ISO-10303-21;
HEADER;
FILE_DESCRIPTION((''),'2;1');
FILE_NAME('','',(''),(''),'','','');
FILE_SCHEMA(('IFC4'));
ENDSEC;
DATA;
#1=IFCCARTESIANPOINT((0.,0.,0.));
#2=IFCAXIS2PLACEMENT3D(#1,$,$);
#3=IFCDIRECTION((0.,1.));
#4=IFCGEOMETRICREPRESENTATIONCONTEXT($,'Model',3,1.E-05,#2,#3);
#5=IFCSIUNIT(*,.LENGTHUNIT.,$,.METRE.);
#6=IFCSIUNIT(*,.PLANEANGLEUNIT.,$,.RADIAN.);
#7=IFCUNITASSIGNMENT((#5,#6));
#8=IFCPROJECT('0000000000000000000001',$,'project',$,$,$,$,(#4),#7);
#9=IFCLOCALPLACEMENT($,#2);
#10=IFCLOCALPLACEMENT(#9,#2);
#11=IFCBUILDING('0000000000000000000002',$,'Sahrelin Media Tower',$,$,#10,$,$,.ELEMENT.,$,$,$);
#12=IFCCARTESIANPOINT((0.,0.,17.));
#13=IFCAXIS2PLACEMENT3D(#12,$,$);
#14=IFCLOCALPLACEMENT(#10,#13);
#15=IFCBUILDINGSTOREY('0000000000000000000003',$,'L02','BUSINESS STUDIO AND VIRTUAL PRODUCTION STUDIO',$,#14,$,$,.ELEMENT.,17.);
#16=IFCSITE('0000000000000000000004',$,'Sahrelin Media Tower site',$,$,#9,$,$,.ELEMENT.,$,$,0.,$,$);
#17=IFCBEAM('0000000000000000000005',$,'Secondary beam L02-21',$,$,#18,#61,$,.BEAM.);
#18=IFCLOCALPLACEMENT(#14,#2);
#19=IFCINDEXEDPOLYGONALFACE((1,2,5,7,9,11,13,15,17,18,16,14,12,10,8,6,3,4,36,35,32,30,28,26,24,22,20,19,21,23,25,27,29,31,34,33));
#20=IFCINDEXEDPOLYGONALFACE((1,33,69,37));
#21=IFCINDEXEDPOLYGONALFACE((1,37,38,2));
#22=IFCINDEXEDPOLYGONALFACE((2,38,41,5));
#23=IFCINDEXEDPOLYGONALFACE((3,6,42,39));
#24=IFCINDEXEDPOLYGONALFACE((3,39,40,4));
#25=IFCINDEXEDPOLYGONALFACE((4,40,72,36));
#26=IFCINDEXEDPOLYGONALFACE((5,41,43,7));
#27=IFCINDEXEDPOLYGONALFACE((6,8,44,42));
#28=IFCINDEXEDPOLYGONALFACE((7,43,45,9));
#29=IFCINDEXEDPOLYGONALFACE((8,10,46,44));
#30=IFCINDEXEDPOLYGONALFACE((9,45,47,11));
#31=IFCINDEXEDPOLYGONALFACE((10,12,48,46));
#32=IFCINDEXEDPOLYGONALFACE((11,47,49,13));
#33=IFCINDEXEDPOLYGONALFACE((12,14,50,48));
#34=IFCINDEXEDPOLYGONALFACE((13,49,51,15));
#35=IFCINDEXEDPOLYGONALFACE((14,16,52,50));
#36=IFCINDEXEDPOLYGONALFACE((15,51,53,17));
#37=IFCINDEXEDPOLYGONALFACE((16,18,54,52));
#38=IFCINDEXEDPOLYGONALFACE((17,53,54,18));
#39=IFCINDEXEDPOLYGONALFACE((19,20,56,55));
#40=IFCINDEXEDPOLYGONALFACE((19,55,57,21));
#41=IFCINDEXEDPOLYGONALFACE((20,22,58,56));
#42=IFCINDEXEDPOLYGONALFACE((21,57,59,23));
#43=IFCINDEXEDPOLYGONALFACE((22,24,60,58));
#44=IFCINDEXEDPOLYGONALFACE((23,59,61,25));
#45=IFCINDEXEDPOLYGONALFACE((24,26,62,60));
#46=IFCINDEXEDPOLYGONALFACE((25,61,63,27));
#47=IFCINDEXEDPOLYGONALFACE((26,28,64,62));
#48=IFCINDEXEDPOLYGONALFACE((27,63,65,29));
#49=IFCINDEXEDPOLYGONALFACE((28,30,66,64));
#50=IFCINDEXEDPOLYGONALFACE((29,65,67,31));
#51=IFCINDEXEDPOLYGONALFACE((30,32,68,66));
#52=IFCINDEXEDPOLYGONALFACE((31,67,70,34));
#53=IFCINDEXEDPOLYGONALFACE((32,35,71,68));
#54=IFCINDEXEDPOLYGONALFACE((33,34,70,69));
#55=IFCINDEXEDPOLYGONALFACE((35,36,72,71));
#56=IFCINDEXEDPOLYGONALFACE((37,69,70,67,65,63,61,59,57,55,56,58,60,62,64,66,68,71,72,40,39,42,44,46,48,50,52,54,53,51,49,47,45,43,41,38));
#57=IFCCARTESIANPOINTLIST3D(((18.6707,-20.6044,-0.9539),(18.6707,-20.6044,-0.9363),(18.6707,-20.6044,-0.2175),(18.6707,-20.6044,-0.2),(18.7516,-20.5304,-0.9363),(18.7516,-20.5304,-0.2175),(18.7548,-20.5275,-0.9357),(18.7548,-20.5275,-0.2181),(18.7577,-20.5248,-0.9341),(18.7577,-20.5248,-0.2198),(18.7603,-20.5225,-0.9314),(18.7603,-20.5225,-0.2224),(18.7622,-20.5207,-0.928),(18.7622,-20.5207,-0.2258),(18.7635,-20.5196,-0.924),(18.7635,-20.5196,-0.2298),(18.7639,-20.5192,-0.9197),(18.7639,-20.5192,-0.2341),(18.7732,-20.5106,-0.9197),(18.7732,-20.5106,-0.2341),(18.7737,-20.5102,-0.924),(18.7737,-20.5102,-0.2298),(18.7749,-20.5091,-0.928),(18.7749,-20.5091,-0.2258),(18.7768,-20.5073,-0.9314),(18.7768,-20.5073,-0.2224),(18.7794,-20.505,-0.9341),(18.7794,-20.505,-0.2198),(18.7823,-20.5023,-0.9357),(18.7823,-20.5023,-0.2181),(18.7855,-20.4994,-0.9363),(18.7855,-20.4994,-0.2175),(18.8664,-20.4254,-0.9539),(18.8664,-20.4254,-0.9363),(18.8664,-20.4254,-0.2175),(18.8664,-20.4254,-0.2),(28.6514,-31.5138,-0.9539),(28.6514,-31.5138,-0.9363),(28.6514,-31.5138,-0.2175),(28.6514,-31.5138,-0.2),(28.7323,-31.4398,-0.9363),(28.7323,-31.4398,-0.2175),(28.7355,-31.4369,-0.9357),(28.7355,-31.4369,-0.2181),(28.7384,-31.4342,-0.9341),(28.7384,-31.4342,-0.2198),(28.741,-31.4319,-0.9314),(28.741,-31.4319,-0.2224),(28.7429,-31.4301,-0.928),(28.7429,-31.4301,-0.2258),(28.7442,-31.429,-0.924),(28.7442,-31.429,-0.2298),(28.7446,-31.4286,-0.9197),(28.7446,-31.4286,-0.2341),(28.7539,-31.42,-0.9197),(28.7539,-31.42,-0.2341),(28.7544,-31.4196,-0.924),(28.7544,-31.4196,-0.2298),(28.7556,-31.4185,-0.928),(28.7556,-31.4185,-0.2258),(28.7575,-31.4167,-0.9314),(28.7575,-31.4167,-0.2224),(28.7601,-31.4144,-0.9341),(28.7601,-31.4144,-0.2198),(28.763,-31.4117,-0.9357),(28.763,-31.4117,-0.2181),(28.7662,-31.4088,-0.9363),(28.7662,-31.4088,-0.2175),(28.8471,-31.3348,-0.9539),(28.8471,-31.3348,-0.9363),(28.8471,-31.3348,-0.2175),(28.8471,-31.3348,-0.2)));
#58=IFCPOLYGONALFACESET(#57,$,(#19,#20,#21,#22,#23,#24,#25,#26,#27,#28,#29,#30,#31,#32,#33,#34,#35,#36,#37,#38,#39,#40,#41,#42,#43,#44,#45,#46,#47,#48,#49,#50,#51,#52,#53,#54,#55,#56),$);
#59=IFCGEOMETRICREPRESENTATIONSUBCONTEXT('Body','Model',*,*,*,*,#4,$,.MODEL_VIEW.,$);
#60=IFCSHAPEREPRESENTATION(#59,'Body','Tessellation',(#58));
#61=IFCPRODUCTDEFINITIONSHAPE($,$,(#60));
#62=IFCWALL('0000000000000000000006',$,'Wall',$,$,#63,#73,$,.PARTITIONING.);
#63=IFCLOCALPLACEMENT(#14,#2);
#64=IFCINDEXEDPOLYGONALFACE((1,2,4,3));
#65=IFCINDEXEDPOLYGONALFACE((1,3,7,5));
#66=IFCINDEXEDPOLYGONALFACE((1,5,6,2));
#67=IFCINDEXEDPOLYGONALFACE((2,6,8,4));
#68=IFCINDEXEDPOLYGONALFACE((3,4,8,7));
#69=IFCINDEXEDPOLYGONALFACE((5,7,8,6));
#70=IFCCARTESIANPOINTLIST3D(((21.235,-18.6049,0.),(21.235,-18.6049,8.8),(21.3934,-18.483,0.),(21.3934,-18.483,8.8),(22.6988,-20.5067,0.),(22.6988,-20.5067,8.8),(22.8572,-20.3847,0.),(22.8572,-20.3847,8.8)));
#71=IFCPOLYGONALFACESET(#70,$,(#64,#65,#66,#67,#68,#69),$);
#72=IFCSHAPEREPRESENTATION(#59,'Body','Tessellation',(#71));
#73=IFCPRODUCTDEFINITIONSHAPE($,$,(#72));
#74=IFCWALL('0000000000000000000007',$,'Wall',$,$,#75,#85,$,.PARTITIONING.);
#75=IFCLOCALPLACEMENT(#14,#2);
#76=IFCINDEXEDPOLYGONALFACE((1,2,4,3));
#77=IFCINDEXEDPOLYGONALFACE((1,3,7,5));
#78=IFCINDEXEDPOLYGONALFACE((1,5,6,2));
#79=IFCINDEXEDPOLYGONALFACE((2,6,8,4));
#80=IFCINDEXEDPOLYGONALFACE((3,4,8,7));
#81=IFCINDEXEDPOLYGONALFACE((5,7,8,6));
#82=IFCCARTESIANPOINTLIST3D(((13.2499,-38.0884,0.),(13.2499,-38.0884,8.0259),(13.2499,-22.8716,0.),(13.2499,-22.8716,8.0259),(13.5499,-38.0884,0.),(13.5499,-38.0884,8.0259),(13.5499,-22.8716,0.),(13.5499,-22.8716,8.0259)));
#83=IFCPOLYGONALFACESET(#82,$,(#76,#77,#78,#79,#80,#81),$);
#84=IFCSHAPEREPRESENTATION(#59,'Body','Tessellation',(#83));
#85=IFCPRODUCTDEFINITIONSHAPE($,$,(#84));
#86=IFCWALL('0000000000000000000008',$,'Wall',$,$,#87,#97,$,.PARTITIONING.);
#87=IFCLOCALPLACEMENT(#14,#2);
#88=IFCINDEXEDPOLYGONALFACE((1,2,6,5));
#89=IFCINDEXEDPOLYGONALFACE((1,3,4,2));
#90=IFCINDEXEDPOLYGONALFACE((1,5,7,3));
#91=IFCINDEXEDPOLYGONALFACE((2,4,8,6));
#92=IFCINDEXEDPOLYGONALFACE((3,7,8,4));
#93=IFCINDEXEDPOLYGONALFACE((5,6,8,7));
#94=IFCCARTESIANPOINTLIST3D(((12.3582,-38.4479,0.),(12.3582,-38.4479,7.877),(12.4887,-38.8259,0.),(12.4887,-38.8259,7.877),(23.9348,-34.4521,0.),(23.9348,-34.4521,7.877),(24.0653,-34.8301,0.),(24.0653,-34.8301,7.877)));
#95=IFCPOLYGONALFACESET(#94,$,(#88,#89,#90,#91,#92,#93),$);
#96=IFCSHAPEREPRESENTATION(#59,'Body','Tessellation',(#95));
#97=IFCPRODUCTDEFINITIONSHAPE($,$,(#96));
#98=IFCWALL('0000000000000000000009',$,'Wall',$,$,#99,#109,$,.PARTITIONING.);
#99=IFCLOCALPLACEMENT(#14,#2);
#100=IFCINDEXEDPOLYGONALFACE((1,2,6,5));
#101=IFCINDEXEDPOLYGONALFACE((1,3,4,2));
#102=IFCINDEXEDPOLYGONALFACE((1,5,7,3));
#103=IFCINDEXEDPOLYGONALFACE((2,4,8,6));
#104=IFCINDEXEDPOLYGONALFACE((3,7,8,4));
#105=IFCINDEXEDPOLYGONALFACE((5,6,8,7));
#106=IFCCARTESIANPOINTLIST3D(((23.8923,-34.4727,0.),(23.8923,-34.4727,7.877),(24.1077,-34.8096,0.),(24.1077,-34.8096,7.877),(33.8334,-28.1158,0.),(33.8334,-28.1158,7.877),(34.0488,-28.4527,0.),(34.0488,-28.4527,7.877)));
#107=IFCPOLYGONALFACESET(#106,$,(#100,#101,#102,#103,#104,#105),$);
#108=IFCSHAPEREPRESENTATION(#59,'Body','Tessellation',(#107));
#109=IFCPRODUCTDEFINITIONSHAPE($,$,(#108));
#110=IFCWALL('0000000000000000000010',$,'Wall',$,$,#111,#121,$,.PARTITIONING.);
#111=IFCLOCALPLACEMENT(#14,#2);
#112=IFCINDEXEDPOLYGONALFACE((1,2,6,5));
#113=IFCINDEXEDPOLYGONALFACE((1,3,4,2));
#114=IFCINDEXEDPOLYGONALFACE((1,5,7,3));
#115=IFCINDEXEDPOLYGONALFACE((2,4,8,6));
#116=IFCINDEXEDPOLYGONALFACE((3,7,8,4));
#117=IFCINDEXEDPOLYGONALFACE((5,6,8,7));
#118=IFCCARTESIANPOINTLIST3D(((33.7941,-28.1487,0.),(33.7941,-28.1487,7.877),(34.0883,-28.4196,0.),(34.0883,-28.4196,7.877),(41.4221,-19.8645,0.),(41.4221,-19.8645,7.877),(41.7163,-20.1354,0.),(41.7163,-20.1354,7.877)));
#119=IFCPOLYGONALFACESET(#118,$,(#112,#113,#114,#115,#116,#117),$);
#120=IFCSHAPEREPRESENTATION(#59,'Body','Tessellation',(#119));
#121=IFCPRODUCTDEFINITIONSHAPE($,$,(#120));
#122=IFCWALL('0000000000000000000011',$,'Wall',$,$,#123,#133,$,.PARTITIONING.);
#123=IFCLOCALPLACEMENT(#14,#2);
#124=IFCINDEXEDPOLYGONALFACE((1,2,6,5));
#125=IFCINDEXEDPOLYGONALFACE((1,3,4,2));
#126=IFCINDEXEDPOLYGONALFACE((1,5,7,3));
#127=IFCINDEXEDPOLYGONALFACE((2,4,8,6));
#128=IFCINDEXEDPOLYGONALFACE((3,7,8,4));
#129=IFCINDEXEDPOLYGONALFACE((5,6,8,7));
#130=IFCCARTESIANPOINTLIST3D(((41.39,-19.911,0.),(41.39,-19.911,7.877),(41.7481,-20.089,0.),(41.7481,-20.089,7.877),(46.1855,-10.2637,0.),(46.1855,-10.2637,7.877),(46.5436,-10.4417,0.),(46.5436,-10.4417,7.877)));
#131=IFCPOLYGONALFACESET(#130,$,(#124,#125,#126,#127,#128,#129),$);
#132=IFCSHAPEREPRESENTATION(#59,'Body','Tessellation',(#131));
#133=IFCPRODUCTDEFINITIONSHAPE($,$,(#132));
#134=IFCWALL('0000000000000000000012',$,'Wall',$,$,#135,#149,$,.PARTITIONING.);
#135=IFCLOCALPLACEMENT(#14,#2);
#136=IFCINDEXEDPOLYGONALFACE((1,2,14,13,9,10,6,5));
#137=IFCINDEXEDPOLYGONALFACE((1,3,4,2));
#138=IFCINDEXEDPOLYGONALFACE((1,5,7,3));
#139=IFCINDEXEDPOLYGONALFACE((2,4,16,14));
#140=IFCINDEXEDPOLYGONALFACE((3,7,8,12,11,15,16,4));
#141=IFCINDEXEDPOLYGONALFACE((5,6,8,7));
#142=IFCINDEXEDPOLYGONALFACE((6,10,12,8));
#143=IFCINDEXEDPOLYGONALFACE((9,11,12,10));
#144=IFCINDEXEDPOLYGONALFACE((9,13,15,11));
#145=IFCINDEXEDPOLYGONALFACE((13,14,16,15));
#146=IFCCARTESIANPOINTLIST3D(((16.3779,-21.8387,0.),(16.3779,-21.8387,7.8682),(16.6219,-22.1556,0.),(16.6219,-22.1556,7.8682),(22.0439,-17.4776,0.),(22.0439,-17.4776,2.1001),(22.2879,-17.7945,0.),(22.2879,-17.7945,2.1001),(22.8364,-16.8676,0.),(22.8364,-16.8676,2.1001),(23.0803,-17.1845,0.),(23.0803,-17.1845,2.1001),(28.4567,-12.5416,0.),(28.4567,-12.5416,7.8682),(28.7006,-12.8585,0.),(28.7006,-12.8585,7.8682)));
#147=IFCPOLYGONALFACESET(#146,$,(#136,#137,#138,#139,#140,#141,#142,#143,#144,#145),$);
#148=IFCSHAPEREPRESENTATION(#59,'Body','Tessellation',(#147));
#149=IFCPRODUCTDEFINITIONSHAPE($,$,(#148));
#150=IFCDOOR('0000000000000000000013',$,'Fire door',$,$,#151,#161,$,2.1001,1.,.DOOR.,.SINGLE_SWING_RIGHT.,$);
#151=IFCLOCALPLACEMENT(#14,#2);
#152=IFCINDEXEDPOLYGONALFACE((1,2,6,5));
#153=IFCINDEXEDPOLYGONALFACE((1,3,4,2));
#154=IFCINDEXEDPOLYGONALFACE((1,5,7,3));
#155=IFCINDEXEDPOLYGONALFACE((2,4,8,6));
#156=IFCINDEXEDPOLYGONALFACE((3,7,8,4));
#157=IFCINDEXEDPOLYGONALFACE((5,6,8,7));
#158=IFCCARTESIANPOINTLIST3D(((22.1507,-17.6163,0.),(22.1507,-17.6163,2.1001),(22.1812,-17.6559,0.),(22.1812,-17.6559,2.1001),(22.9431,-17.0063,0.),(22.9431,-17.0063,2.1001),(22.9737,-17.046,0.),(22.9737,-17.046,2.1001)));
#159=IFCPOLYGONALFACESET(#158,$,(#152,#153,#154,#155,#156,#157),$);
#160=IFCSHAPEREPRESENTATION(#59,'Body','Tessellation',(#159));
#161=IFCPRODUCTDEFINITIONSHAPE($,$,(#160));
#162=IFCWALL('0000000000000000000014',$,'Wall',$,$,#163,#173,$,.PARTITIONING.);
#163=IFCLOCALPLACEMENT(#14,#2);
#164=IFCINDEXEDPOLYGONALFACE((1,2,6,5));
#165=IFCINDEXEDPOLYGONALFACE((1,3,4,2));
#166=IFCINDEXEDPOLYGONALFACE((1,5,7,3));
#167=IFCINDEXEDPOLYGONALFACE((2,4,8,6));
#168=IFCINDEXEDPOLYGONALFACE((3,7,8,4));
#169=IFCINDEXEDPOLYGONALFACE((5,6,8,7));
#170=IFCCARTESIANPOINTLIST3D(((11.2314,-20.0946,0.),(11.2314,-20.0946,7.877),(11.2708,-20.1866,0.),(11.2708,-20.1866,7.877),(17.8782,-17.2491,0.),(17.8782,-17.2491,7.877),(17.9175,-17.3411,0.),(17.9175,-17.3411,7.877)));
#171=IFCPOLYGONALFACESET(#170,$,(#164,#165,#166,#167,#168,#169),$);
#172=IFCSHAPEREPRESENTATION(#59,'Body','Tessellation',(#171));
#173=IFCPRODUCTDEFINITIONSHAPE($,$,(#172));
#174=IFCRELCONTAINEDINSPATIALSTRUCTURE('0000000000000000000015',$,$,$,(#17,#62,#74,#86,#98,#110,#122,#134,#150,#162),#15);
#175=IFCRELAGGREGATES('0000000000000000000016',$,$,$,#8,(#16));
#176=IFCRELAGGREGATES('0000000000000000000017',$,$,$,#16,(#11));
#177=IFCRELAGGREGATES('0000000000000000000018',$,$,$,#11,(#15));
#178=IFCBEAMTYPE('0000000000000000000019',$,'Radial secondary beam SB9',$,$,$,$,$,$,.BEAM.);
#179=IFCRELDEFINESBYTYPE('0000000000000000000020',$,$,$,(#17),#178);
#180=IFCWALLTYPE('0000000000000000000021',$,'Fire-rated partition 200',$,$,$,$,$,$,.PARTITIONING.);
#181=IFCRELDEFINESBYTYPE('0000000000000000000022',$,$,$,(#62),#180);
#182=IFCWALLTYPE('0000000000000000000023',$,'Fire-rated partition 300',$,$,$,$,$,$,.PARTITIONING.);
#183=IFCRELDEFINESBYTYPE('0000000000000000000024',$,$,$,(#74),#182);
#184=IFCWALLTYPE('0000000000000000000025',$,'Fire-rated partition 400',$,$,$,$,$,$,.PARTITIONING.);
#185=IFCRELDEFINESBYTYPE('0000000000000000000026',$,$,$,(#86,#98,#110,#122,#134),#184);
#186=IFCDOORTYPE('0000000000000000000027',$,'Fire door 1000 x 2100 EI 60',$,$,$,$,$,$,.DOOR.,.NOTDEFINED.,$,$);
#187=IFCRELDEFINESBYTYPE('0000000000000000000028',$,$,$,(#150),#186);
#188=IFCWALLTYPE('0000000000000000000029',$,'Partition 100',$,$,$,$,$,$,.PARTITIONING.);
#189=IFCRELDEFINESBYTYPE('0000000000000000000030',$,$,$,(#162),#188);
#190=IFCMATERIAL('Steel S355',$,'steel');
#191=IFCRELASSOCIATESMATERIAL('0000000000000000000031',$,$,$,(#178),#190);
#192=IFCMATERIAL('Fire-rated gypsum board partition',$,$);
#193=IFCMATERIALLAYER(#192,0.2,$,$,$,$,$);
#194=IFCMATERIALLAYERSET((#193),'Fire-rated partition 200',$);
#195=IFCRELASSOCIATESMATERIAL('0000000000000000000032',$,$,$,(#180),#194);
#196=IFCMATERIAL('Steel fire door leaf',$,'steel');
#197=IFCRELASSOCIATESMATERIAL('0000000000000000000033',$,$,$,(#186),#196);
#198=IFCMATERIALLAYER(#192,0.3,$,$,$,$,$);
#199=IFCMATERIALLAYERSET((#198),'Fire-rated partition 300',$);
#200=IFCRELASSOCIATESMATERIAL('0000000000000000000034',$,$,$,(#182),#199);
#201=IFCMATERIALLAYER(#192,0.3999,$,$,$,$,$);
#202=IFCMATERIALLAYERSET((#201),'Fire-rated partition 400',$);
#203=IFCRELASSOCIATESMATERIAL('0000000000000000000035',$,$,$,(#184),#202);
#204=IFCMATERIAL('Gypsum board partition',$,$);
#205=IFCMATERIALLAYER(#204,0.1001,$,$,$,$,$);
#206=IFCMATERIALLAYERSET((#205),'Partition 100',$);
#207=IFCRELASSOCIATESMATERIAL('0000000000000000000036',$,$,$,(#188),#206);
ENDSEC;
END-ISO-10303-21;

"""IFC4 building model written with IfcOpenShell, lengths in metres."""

from ifc_helpers import new_model, si_unit, direction, frame, frame_2d, origin, origin_2d, place, context, subcontext, project, spatial, rectangle, i_section, extrude, material, layer, layer_set, material_profile, profile_set, type_object, element, fill, save


model = new_model("IFC4")

# Units and contexts
model_context = context("Model", 3, precision=1e-05, world=origin(), true_north=direction((0.0, 1.0)))
body_context = subcontext(model_context, "Body", "Model", "MODEL_VIEW")
ifc_project = project(units=[si_unit("LENGTHUNIT", "METRE"), si_unit("PLANEANGLEUNIT", "RADIAN")], contexts=[model_context])

# Site, building, storey
site_placement = place(None, origin())
site = spatial("IfcSite", under=ifc_project, at=site_placement, Name="Sahrelin Media Tower site", CompositionType="ELEMENT", RefElevation=0.0)
building_placement = place(site_placement, origin())
building = spatial("IfcBuilding", under=site, at=building_placement, Name="Sahrelin Media Tower", CompositionType="ELEMENT")
storey_placement = place(building_placement, frame((0.0, 0.0, 17.0)))
storey = spatial("IfcBuildingStorey", under=building, at=storey_placement, Name="L02", Description="BUSINESS STUDIO AND VIRTUAL PRODUCTION STUDIO", CompositionType="ELEMENT", Elevation=17.0)

# Beam
ifc_material_1 = material(Name="Steel S355", Category="steel")
ifc_material_profile_1 = material_profile(ifc_material_1, i_section(OverallWidth=0.2651, OverallDepth=0.7539, WebThickness=0.0127, FlangeThickness=0.0176, FilletRadius=0.0166, at=origin_2d()), Name="UB 762x267x147")
ifc_profile_set_1 = profile_set([ifc_material_profile_1], Name="Steel S355")
beam_type_1 = type_object("IfcBeamType", Name="Radial secondary beam SB9", PredefinedType="BEAM", material=ifc_profile_set_1)
beam_1_placement = place(storey_placement, frame((18.7686, -20.5149, -0.5769), z_axis=(0.675004, -0.737814, 0.0), x_axis=(0.737814, 0.675004, 0.0)))
element("IfcBeam", 1, at=beam_1_placement, inside=storey, type_object=beam_type_1, Name="Secondary beam L02-21", PredefinedType="BEAM", context=body_context, shape_type="SweptSolid", body=[
    extrude(i_section(OverallWidth=0.2651, OverallDepth=0.7539, WebThickness=0.0127, FlangeThickness=0.0176, FilletRadius=0.0166, at=origin_2d()), origin(), (0.0, 0.0, 1.0), 14.7861),
])

# Wall
ifc_material_2 = material(Name="Fire-rated gypsum board partition")
ifc_layer_1 = layer(ifc_material_2, 0.2)
ifc_layer_set_1 = layer_set([ifc_layer_1], Name="Fire-rated partition 200")
wall_type_1 = type_object("IfcWallType", Name="Fire-rated partition 200", PredefinedType="PARTITIONING", material=ifc_layer_set_1)
wall_1_placement = place(storey_placement, frame((21.3142, -18.5439, 0.0), z_axis=(0.0, 0.0, 1.0), x_axis=(0.609947, -0.792442, 0.0)))
element("IfcWall", 2, at=wall_1_placement, inside=storey, type_object=wall_type_1, Name="Wall", PredefinedType="PARTITIONING", context=body_context, shape_type="SweptSolid", body=[
    extrude(rectangle(XDim=2.3999, YDim=0.2, at=frame_2d((1.2, 0.0))), origin(), (0.0, 0.0, 1.0), 8.8),
])

# Shared definitions
ifc_material_3 = material(Name="Steel fire door leaf", Category="steel")
door_type = type_object("IfcDoorType", Name="Fire door 1000 x 2100 EI 60", OperationType="NOTDEFINED", PredefinedType="DOOR", material=ifc_material_3)

# Walls
ifc_layer_2 = layer(ifc_material_2, 0.3)
ifc_layer_set_2 = layer_set([ifc_layer_2], Name="Fire-rated partition 300")
wall_type_2 = type_object("IfcWallType", Name="Fire-rated partition 300", PredefinedType="PARTITIONING", material=ifc_layer_set_2)
wall_2_placement = place(storey_placement, frame((13.3999, -22.8716, 0.0), z_axis=(0.0, 0.0, 1.0), x_axis=(0.0, -1.0, 0.0)))
element("IfcWall", 3, at=wall_2_placement, inside=storey, type_object=wall_type_2, Name="Wall", PredefinedType="PARTITIONING", context=body_context, shape_type="SweptSolid", body=[
    extrude(rectangle(XDim=15.2168, YDim=0.3, at=frame_2d((7.6084, 0.0))), origin(), (0.0, 0.0, 1.0), 8.0259),
])
ifc_layer_3 = layer(ifc_material_2, 0.3999)
ifc_layer_set_3 = layer_set([ifc_layer_3], Name="Fire-rated partition 400")
wall_type_3 = type_object("IfcWallType", Name="Fire-rated partition 400", PredefinedType="PARTITIONING", material=ifc_layer_set_3)
wall_3_placement = place(storey_placement, frame((12.4233, -38.637, 0.0), z_axis=(0.0, 0.0, 1.0), x_axis=(0.945275, 0.326275, 0.0)))
element("IfcWall", 4, at=wall_3_placement, inside=storey, type_object=wall_type_3, Name="Wall", PredefinedType="PARTITIONING", context=body_context, shape_type="SweptSolid", body=[
    extrude(rectangle(XDim=12.2468, YDim=0.3999, at=frame_2d((6.1235, 0.0))), origin(), (0.0, 0.0, 1.0), 7.877),
])
wall_4_placement = place(storey_placement, frame((24.0, -34.6411, 0.0), z_axis=(0.0, 0.0, 1.0), x_axis=(0.84248, 0.538728, 0.0)))
element("IfcWall", 5, at=wall_4_placement, inside=storey, type_object=wall_type_3, Name="Wall", PredefinedType="PARTITIONING", context=body_context, shape_type="SweptSolid", body=[
    extrude(rectangle(XDim=11.7998, YDim=0.3999, at=frame_2d((5.8999, 0.0))), origin(), (0.0, 0.0, 1.0), 7.877),
])
wall_5_placement = place(storey_placement, frame((33.9412, -28.2842, 0.0), z_axis=(0.0, 0.0, 1.0), x_axis=(0.677368, 0.735644, 0.0)))
element("IfcWall", 6, at=wall_5_placement, inside=storey, type_object=wall_type_3, Name="Wall", PredefinedType="PARTITIONING", context=body_context, shape_type="SweptSolid", body=[
    extrude(rectangle(XDim=11.2612, YDim=0.3999, at=frame_2d((5.6306, 0.0))), origin(), (0.0, 0.0, 1.0), 7.877),
])
wall_6_placement = place(storey_placement, frame((41.5691, -20.0, 0.0), z_axis=(0.0, 0.0, 1.0), x_axis=(0.445118, 0.895472, 0.0)))
element("IfcWall", 7, at=wall_6_placement, inside=storey, type_object=wall_type_3, Name="Wall", PredefinedType="PARTITIONING", context=body_context, shape_type="SweptSolid", body=[
    extrude(rectangle(XDim=10.7734, YDim=0.3999, at=frame_2d((5.3867, 0.0))), origin(), (0.0, 0.0, 1.0), 7.877),
])

# Wall, opening, door
wall_7_placement = place(storey_placement, frame((16.5, -21.9971, 0.0), z_axis=(0.0, 0.0, 1.0), x_axis=(0.792444, 0.609945, 0.0)))
wall_7 = element("IfcWall", 8, at=wall_7_placement, inside=storey, type_object=wall_type_3, Name="Wall", PredefinedType="PARTITIONING", context=body_context, shape_type="SweptSolid", body=[
    extrude(rectangle(XDim=15.2424, YDim=0.3999, at=frame_2d((7.6211, 0.0))), origin(), (0.0, 0.0, 1.0), 7.8682),
])
opening_1_placement = place(wall_7_placement, frame((7.1499, 0.0, 0.0)))
opening_1 = element("IfcOpeningElement", 9, at=opening_1_placement, cuts=wall_7, PredefinedType="OPENING", context=body_context, shape_type="SweptSolid", body=[
    extrude(rectangle(XDim=1.0, YDim=2.1001, at=frame_2d((0.5, 1.05))), frame((0.0, 0.2, 0.0), z_axis=(0.0, -1.0, 0.0), x_axis=(1.0, 0.0, 0.0)), (0.0, 0.0, 1.0), 0.3999),
])
door_1_placement = place(opening_1_placement, origin())
door_1 = element("IfcDoor", 10, at=door_1_placement, inside=storey, type_object=door_type, Name="Fire door", OperationType="SINGLE_SWING_RIGHT", OverallHeight=2.1001, OverallWidth=1.0, PredefinedType="DOOR", context=body_context, shape_type="SweptSolid", body=[
    extrude(rectangle(XDim=1.0, YDim=2.1001, at=frame_2d((0.5, 1.05))), frame((0.0, 0.0249, 0.0), z_axis=(0.0, -1.0, 0.0), x_axis=(1.0, 0.0, 0.0)), (0.0, 0.0, 1.0), 0.05),
])
fill(opening_1, door_1)

# Wall
ifc_material_4 = material(Name="Gypsum board partition")
ifc_layer_4 = layer(ifc_material_4, 0.1001)
ifc_layer_set_4 = layer_set([ifc_layer_4], Name="Partition 100")
wall_type_4 = type_object("IfcWallType", Name="Partition 100", PredefinedType="PARTITIONING", material=ifc_layer_set_4)
wall_8_placement = place(storey_placement, frame((11.251, -20.1406, 0.0), z_axis=(0.0, 0.0, 1.0), x_axis=(0.919302, 0.393552, 0.0)))
element("IfcWall", 11, at=wall_8_placement, inside=storey, type_object=wall_type_4, Name="Wall", PredefinedType="PARTITIONING", context=body_context, shape_type="SweptSolid", body=[
    extrude(rectangle(XDim=7.2302, YDim=0.1001, at=frame_2d((3.6152, 0.0))), origin(), (0.0, 0.0, 1.0), 7.877),
])

save(model, "model.ifc")
